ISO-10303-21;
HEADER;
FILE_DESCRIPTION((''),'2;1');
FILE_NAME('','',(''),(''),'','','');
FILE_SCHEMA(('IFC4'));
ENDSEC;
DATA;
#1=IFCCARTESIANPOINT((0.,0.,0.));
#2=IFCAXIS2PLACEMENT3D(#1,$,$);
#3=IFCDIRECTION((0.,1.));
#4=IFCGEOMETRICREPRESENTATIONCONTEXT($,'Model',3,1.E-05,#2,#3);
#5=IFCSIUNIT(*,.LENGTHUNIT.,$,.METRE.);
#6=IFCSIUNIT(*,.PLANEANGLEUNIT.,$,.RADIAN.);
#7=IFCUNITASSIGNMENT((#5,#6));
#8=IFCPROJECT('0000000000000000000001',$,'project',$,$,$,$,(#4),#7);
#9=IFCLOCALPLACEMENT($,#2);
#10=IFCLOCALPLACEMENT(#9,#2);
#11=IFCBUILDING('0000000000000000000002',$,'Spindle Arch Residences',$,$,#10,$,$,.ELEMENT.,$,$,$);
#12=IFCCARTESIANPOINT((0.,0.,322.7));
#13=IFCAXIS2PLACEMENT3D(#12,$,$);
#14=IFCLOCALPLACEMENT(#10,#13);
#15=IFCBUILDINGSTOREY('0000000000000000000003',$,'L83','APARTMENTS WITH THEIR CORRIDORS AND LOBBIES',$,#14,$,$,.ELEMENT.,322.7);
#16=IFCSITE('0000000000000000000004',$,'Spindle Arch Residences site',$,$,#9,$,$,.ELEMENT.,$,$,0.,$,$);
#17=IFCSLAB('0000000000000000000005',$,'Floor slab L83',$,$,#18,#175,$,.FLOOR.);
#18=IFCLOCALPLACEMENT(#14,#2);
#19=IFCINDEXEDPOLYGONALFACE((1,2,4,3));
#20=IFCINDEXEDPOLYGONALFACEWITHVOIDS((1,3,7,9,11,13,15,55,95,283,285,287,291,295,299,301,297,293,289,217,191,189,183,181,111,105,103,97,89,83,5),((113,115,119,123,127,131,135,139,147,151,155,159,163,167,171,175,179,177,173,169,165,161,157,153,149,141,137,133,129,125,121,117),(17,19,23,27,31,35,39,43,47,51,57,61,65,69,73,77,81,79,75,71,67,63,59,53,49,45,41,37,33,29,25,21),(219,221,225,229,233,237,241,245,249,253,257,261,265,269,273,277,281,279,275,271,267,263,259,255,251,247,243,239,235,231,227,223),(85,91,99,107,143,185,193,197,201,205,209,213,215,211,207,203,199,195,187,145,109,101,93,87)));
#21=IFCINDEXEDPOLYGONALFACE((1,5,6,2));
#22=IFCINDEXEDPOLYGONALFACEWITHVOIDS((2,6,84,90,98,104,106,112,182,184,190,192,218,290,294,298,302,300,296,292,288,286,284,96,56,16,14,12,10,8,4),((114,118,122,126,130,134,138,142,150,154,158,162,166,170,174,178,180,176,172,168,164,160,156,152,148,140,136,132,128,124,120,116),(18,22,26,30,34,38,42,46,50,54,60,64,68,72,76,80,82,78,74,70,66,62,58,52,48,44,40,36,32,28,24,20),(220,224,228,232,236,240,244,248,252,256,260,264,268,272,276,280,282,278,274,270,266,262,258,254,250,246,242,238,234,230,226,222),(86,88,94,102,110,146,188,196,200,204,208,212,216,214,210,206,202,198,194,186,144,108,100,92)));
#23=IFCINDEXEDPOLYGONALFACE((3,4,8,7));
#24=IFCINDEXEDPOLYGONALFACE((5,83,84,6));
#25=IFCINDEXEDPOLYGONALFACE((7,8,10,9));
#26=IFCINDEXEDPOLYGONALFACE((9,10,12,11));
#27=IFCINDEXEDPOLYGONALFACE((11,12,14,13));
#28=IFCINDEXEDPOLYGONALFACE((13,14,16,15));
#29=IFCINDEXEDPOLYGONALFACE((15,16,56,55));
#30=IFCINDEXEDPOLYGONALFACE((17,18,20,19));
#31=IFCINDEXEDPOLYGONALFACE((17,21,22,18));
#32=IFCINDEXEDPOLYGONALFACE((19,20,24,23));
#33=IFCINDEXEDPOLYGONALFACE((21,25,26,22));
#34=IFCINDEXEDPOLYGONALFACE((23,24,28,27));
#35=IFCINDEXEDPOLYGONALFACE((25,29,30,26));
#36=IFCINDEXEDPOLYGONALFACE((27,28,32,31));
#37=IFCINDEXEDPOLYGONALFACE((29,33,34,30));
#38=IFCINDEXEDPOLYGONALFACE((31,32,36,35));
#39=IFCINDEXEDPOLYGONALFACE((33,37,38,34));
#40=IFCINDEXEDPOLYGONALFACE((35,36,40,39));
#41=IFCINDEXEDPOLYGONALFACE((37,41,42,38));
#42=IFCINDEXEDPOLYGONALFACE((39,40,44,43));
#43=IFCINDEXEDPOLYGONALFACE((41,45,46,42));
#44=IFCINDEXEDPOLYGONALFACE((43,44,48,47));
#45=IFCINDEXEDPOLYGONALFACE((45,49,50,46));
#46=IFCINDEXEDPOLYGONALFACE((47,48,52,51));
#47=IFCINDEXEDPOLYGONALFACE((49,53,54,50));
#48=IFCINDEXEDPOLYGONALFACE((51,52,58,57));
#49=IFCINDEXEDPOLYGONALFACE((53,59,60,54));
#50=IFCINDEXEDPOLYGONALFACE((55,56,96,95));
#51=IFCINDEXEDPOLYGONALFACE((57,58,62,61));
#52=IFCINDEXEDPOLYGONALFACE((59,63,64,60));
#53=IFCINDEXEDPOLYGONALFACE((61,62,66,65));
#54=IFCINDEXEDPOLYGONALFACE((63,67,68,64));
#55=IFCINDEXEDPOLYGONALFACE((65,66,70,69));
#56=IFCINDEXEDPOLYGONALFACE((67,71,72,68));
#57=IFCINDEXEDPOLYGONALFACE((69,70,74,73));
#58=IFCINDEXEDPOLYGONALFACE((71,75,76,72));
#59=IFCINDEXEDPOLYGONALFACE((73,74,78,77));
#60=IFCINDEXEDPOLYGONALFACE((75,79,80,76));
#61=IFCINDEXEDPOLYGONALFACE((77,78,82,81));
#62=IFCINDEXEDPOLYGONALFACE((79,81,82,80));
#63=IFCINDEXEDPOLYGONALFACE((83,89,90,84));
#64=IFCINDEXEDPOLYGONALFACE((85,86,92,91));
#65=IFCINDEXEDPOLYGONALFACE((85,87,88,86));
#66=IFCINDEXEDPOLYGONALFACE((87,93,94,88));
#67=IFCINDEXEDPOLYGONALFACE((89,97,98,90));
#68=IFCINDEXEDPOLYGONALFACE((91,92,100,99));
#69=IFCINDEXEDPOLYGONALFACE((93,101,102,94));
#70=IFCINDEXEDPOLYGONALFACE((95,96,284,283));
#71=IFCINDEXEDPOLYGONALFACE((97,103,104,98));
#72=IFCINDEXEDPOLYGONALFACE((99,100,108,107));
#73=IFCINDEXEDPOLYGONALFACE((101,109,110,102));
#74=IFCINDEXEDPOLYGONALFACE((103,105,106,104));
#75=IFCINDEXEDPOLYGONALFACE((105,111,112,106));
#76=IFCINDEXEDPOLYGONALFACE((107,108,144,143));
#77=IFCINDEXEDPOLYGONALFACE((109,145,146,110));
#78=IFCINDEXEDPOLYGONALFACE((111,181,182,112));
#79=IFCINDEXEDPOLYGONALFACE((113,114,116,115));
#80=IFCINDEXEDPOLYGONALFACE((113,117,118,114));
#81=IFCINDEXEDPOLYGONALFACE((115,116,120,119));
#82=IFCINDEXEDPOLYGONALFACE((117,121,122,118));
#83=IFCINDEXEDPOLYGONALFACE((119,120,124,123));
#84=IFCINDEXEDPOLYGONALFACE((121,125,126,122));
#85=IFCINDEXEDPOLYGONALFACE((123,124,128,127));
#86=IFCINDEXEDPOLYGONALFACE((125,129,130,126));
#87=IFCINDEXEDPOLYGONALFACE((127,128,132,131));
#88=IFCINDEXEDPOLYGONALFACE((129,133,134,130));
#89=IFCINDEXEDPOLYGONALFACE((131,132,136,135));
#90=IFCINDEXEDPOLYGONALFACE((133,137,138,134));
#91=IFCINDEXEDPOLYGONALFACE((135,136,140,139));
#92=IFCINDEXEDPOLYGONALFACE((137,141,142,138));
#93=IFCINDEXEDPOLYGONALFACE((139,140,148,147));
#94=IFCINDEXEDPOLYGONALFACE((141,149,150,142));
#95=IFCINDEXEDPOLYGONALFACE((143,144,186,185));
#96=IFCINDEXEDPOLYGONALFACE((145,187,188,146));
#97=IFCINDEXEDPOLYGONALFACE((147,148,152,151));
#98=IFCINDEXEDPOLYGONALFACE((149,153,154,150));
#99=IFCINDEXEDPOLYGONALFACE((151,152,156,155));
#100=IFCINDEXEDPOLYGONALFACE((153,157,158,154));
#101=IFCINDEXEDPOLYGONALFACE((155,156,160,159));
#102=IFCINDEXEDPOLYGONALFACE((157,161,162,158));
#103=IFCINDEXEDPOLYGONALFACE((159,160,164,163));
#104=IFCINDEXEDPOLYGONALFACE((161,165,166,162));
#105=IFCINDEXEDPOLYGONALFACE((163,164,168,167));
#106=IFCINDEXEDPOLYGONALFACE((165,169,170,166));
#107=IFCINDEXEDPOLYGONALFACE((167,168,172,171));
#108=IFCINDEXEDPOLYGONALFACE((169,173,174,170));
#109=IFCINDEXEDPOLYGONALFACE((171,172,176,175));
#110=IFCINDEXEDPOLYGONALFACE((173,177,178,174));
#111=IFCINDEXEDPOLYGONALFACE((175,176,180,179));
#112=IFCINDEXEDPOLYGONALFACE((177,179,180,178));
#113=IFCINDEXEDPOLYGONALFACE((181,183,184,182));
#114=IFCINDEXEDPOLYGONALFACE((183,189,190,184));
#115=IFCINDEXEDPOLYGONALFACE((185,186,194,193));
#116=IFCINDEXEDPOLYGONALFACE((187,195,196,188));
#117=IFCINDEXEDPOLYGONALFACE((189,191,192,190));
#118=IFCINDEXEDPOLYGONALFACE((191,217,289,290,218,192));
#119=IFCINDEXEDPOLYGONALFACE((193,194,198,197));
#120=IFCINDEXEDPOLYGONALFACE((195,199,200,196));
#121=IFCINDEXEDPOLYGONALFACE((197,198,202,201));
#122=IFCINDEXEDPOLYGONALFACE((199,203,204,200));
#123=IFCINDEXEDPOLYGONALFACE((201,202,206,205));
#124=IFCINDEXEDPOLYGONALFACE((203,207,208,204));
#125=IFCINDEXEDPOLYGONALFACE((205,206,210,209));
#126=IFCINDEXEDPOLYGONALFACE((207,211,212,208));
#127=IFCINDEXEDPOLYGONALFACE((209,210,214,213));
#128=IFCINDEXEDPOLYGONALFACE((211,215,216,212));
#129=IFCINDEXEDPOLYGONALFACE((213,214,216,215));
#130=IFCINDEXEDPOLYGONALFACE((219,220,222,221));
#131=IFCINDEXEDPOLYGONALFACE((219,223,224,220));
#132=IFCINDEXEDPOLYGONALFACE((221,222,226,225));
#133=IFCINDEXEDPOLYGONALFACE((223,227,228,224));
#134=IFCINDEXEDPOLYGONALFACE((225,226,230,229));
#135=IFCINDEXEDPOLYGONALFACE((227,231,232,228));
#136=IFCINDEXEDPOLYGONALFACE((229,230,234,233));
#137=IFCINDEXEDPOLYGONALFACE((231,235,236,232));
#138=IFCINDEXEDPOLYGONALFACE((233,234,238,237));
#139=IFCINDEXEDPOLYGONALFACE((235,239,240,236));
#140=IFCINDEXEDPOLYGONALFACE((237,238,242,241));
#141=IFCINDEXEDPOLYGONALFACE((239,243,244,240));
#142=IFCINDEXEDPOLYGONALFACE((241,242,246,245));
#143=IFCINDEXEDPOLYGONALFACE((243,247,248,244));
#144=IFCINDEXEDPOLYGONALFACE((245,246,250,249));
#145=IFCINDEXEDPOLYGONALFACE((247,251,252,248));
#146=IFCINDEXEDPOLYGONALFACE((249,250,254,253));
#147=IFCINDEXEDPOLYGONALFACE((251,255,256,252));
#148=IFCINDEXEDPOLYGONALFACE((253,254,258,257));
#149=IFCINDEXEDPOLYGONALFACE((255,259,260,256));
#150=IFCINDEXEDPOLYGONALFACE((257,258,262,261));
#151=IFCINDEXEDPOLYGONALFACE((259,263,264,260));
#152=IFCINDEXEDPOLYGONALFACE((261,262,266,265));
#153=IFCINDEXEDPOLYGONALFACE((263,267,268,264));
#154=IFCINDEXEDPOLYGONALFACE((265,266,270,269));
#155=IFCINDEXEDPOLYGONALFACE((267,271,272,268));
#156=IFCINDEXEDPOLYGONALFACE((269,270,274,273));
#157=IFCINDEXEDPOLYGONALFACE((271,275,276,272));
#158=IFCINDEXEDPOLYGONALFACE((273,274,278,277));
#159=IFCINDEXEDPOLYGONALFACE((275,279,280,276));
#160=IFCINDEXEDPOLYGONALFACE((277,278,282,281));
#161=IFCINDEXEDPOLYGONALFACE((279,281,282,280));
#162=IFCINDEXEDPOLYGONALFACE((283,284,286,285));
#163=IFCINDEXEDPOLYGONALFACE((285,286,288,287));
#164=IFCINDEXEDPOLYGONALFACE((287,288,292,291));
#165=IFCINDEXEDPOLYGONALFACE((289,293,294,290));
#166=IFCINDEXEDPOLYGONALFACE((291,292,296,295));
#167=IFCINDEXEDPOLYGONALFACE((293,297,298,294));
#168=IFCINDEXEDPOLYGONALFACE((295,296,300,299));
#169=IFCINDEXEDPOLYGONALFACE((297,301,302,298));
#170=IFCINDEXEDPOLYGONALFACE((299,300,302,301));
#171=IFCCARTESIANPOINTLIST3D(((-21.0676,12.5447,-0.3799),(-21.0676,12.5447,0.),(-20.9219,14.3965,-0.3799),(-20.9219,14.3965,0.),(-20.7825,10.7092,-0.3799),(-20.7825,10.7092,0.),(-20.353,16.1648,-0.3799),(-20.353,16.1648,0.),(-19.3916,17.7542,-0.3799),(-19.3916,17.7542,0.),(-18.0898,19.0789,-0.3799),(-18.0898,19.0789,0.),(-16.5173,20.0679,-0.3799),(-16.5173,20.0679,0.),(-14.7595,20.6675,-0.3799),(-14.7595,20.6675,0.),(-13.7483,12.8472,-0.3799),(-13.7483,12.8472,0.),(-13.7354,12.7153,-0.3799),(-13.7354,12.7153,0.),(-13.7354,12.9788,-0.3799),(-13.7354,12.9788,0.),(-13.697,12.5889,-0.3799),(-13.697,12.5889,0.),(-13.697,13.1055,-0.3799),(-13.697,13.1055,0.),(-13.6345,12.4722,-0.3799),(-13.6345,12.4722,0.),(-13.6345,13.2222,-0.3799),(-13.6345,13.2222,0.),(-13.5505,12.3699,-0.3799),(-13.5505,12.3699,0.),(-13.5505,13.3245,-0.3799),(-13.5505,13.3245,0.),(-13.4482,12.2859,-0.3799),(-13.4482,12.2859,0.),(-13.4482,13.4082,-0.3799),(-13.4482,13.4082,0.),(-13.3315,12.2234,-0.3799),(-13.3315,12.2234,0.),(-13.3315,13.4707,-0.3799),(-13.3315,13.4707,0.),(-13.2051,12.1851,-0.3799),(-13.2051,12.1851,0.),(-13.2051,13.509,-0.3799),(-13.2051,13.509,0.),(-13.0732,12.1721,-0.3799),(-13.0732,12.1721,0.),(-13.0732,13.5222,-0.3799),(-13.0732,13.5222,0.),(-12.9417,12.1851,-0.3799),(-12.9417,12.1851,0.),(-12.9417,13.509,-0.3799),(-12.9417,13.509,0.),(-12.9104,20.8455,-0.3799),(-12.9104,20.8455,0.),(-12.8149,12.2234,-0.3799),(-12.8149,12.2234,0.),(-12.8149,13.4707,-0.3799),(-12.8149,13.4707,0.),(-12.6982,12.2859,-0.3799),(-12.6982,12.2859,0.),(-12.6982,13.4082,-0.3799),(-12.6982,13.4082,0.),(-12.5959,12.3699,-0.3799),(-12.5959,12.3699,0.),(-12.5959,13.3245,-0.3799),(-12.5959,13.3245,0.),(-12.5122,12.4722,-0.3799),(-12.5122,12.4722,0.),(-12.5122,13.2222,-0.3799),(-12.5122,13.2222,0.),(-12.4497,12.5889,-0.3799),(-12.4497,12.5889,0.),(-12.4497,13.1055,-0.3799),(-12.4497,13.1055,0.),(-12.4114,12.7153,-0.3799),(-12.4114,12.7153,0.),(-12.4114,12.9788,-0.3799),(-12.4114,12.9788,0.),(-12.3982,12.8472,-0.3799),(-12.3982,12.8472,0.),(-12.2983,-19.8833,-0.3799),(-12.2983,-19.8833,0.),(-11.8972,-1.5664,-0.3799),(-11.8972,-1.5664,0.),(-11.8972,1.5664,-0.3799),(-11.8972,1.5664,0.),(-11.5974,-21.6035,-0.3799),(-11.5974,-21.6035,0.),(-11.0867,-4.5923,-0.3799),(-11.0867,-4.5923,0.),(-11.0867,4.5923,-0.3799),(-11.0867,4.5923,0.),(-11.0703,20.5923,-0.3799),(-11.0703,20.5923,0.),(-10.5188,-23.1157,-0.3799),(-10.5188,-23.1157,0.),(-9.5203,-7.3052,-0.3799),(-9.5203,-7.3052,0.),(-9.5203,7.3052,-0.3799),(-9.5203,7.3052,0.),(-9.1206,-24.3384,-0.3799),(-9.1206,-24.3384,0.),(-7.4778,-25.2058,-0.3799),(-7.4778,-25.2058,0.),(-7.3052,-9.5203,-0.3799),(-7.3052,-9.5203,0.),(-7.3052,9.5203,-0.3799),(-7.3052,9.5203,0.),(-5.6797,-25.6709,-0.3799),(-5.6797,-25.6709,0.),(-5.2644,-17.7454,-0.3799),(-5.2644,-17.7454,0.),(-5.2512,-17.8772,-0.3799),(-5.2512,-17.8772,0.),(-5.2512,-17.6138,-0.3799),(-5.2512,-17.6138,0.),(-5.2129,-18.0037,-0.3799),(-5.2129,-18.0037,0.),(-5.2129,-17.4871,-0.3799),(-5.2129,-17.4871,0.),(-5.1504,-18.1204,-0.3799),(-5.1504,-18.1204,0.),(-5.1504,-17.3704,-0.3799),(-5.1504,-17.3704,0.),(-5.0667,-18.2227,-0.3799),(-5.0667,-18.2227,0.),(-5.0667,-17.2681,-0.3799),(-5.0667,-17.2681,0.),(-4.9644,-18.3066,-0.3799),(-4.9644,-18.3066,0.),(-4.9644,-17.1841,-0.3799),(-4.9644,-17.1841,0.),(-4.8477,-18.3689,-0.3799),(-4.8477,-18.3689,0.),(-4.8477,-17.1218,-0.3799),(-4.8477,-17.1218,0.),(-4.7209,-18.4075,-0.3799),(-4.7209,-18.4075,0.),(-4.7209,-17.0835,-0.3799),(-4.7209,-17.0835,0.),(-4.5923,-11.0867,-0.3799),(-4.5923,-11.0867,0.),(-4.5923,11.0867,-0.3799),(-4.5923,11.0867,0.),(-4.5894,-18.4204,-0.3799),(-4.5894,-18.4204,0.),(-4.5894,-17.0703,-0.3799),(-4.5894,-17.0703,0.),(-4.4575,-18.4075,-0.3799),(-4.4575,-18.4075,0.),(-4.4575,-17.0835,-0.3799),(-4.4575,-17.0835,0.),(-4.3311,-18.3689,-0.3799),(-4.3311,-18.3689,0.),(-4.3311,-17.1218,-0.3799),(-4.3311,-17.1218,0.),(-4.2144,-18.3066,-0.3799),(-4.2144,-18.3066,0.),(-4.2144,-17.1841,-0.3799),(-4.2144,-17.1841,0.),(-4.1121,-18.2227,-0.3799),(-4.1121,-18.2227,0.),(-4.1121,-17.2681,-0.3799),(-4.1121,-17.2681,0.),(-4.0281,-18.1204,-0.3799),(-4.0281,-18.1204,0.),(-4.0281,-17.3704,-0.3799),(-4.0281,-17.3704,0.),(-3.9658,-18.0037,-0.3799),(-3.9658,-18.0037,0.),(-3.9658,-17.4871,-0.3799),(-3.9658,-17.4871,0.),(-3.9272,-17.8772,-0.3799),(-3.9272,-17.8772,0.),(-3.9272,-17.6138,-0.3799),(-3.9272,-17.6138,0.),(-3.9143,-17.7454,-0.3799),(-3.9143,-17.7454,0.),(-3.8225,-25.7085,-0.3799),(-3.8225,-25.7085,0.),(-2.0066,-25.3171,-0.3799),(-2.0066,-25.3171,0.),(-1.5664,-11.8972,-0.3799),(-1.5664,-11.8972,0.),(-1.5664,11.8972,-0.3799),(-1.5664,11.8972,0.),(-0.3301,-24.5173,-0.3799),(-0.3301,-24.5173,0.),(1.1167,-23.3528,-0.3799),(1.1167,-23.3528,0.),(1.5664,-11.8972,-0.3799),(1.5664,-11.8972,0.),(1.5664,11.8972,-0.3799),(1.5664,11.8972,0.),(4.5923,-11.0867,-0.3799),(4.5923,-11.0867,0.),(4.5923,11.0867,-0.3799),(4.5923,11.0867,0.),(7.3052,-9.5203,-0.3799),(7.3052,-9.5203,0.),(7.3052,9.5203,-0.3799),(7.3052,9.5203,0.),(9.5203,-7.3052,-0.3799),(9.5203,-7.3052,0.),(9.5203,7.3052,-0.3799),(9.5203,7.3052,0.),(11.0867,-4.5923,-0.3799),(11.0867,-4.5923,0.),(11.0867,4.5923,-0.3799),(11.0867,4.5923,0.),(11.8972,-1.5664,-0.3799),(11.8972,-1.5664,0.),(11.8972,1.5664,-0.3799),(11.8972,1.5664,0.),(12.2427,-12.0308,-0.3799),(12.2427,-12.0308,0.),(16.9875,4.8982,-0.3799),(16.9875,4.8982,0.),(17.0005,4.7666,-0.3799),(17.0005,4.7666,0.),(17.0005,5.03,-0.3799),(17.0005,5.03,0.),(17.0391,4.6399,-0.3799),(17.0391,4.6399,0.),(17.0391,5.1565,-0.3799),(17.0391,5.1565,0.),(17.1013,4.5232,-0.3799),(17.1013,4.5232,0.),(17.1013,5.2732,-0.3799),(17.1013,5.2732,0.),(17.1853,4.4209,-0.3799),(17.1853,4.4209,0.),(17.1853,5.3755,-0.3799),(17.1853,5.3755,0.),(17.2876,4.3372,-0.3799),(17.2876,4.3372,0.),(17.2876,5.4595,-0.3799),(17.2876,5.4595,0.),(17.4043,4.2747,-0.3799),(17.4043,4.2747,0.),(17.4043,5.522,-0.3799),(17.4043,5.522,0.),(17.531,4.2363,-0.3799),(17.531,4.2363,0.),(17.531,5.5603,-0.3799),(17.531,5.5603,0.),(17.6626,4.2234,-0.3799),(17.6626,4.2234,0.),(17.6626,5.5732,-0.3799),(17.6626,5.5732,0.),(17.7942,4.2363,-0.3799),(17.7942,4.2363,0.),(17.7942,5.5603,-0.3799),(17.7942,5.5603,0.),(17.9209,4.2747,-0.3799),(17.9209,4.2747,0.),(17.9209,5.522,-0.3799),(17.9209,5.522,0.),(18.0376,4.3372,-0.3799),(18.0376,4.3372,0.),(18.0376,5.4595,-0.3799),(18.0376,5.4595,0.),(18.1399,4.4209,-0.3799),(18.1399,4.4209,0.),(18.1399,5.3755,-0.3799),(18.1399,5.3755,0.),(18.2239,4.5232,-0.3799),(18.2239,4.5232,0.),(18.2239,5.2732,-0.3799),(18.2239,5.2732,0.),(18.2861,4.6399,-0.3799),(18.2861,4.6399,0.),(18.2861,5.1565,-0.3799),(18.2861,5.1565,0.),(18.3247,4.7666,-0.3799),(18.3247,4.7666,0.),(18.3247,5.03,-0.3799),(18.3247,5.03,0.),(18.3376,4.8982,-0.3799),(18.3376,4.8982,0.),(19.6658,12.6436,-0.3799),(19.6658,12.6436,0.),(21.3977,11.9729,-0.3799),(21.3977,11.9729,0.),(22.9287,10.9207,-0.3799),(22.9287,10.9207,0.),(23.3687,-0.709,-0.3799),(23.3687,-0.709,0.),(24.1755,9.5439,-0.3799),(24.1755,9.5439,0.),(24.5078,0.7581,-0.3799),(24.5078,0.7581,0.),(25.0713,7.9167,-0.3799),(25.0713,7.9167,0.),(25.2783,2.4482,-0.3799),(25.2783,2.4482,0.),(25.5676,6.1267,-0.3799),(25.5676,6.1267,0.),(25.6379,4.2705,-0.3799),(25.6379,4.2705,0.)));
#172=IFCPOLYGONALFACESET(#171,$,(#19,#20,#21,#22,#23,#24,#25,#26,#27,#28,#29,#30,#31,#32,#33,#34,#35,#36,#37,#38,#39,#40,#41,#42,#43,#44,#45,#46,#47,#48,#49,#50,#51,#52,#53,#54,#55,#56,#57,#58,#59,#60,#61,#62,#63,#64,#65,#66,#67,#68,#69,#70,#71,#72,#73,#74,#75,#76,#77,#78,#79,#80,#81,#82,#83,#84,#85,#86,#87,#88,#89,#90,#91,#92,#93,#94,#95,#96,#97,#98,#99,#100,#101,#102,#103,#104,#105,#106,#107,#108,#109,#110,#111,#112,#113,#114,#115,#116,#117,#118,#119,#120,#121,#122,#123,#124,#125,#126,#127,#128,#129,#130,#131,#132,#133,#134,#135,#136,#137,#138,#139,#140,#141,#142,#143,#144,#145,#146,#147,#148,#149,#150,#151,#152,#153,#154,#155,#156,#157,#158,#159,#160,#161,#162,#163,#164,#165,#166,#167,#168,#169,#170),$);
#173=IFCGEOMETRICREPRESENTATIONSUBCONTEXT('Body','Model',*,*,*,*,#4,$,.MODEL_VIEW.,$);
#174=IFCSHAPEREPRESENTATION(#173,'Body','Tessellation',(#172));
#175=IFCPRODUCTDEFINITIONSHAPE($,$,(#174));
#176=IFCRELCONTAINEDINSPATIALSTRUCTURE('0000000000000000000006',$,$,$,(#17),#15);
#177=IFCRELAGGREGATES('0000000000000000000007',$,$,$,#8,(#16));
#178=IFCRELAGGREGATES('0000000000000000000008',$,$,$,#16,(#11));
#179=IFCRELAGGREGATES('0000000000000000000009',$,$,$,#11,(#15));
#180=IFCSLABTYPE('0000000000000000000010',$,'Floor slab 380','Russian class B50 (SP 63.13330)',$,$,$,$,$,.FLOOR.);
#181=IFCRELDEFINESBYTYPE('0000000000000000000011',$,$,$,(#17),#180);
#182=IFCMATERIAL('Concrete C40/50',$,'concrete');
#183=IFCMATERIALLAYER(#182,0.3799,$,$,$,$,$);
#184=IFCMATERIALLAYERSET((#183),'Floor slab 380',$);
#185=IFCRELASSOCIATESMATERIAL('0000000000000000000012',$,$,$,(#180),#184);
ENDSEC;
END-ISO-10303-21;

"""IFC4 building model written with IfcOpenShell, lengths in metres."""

from ifc_helpers import new_model, si_unit, direction, frame, origin, place, context, subcontext, project, spatial, polyline, outline, extrude, material, layer, layer_set, type_object, element, save


model = new_model("IFC4")

# Units and contexts
model_context = context("Model", 3, precision=1e-05, world=origin(), true_north=direction((0.0, 1.0)))
body_context = subcontext(model_context, "Body", "Model", "MODEL_VIEW")
ifc_project = project(units=[si_unit("LENGTHUNIT", "METRE"), si_unit("PLANEANGLEUNIT", "RADIAN")], contexts=[model_context])

# Site, building, storey
site_placement = place(None, origin())
site = spatial("IfcSite", under=ifc_project, at=site_placement, Name="Spindle Arch Residences site", CompositionType="ELEMENT", RefElevation=0.0)
building_placement = place(site_placement, origin())
building = spatial("IfcBuilding", under=site, at=building_placement, Name="Spindle Arch Residences", CompositionType="ELEMENT")
storey_placement = place(building_placement, frame((0.0, 0.0, 322.7)))
storey = spatial("IfcBuildingStorey", under=building, at=storey_placement, Name="L83", Description="APARTMENTS WITH THEIR CORRIDORS AND LOBBIES", CompositionType="ELEMENT", Elevation=322.7)

# Slab
ifc_material_1 = material(Name="Concrete C40/50", Category="concrete")
ifc_layer_1 = layer(ifc_material_1, 0.3799)
ifc_layer_set_1 = layer_set([ifc_layer_1], Name="Floor slab 380")
slab_type_1 = type_object("IfcSlabType", Name="Floor slab 380", Description="Russian class B50 (SP 63.13330)", PredefinedType="FLOOR", material=ifc_layer_set_1)
slab_1_placement = place(storey_placement, frame((0.0, 0.0, -0.3799)))
element("IfcSlab", 1, at=slab_1_placement, inside=storey, type_object=slab_type_1, Name="Floor slab L83", PredefinedType="FLOOR", context=body_context, shape_type="SweptSolid", body=[
    extrude(outline(polyline([(-0.3301, -24.5173), (-2.0066, -25.3171), (-3.8225, -25.7085), (-5.6797, -25.6709), (-7.4778, -25.2058), (-9.1206, -24.3384), (-10.5188, -23.1157), (-11.5974, -21.6035), (-12.2983, -19.8833), (-20.7825, 10.7092), (-21.0676, 12.5447), (-20.9219, 14.3965), (-20.353, 16.1648), (-19.3916, 17.7542), (-18.0898, 19.0789), (-16.5173, 20.0679), (-14.7595, 20.6675), (-12.9104, 20.8455), (-11.0703, 20.5923), (19.6658, 12.6436), (21.3977, 11.9729), (22.9287, 10.9207), (24.1755, 9.5439), (25.0713, 7.9167), (25.5676, 6.1267), (25.6379, 4.2705), (25.2783, 2.4482), (24.5078, 0.7581), (23.3687, -0.709), (12.2427, -12.0308), (1.1167, -23.3528), (-0.3301, -24.5173)]), holes=[polyline([(7.3052, -9.5203), (9.5203, -7.3052), (11.0867, -4.5923), (11.8972, -1.5664), (11.8972, 1.5664), (11.0867, 4.5923), (9.5203, 7.3052), (7.3052, 9.5203), (4.5923, 11.0867), (1.5664, 11.8972), (-1.5664, 11.8972), (-4.5923, 11.0867), (-7.3052, 9.5203), (-9.5203, 7.3052), (-11.0867, 4.5923), (-11.8972, 1.5664), (-11.8972, -1.5664), (-11.0867, -4.5923), (-9.5203, -7.3052), (-7.3052, -9.5203), (-4.5923, -11.0867), (-1.5664, -11.8972), (1.5664, -11.8972), (4.5923, -11.0867), (7.3052, -9.5203)]), polyline([(-4.0281, -18.1204), (-3.9658, -18.0037), (-3.9272, -17.8772), (-3.9143, -17.7454), (-3.9272, -17.6138), (-3.9658, -17.4871), (-4.0281, -17.3704), (-4.1121, -17.2681), (-4.2144, -17.1841), (-4.3311, -17.1218), (-4.4575, -17.0835), (-4.5894, -17.0703), (-4.7209, -17.0835), (-4.8477, -17.1218), (-4.9644, -17.1841), (-5.0667, -17.2681), (-5.1504, -17.3704), (-5.2129, -17.4871), (-5.2512, -17.6138), (-5.2644, -17.7454), (-5.2512, -17.8772), (-5.2129, -18.0037), (-5.1504, -18.1204), (-5.0667, -18.2227), (-4.9644, -18.3066), (-4.8477, -18.3689), (-4.7209, -18.4075), (-4.5894, -18.4204), (-4.4575, -18.4075), (-4.3311, -18.3689), (-4.2144, -18.3066), (-4.1121, -18.2227), (-4.0281, -18.1204)]), polyline([(-12.5959, 12.3699), (-12.5122, 12.4722), (-12.4497, 12.5889), (-12.4114, 12.7153), (-12.3982, 12.8472), (-12.4114, 12.9788), (-12.4497, 13.1055), (-12.5122, 13.2222), (-12.5959, 13.3245), (-12.6982, 13.4082), (-12.8149, 13.4707), (-12.9417, 13.509), (-13.0732, 13.5222), (-13.2051, 13.509), (-13.3315, 13.4707), (-13.4482, 13.4082), (-13.5505, 13.3245), (-13.6345, 13.2222), (-13.697, 13.1055), (-13.7354, 12.9788), (-13.7483, 12.8472), (-13.7354, 12.7153), (-13.697, 12.5889), (-13.6345, 12.4722), (-13.5505, 12.3699), (-13.4482, 12.2859), (-13.3315, 12.2234), (-13.2051, 12.1851), (-13.0732, 12.1721), (-12.9417, 12.1851), (-12.8149, 12.2234), (-12.6982, 12.2859), (-12.5959, 12.3699)]), polyline([(18.1399, 4.4209), (18.2239, 4.5232), (18.2861, 4.6399), (18.3247, 4.7666), (18.3376, 4.8982), (18.3247, 5.03), (18.2861, 5.1565), (18.2239, 5.2732), (18.1399, 5.3755), (18.0376, 5.4595), (17.9209, 5.522), (17.7942, 5.5603), (17.6626, 5.5732), (17.531, 5.5603), (17.4043, 5.522), (17.2876, 5.4595), (17.1853, 5.3755), (17.1013, 5.2732), (17.0391, 5.1565), (17.0005, 5.03), (16.9875, 4.8982), (17.0005, 4.7666), (17.0391, 4.6399), (17.1013, 4.5232), (17.1853, 4.4209), (17.2876, 4.3372), (17.4043, 4.2747), (17.531, 4.2363), (17.6626, 4.2234), (17.7942, 4.2363), (17.9209, 4.2747), (18.0376, 4.3372), (18.1399, 4.4209)])]), origin(), (0.0, 0.0, 1.0), 0.3799),
])

save(model, "model.ifc")
